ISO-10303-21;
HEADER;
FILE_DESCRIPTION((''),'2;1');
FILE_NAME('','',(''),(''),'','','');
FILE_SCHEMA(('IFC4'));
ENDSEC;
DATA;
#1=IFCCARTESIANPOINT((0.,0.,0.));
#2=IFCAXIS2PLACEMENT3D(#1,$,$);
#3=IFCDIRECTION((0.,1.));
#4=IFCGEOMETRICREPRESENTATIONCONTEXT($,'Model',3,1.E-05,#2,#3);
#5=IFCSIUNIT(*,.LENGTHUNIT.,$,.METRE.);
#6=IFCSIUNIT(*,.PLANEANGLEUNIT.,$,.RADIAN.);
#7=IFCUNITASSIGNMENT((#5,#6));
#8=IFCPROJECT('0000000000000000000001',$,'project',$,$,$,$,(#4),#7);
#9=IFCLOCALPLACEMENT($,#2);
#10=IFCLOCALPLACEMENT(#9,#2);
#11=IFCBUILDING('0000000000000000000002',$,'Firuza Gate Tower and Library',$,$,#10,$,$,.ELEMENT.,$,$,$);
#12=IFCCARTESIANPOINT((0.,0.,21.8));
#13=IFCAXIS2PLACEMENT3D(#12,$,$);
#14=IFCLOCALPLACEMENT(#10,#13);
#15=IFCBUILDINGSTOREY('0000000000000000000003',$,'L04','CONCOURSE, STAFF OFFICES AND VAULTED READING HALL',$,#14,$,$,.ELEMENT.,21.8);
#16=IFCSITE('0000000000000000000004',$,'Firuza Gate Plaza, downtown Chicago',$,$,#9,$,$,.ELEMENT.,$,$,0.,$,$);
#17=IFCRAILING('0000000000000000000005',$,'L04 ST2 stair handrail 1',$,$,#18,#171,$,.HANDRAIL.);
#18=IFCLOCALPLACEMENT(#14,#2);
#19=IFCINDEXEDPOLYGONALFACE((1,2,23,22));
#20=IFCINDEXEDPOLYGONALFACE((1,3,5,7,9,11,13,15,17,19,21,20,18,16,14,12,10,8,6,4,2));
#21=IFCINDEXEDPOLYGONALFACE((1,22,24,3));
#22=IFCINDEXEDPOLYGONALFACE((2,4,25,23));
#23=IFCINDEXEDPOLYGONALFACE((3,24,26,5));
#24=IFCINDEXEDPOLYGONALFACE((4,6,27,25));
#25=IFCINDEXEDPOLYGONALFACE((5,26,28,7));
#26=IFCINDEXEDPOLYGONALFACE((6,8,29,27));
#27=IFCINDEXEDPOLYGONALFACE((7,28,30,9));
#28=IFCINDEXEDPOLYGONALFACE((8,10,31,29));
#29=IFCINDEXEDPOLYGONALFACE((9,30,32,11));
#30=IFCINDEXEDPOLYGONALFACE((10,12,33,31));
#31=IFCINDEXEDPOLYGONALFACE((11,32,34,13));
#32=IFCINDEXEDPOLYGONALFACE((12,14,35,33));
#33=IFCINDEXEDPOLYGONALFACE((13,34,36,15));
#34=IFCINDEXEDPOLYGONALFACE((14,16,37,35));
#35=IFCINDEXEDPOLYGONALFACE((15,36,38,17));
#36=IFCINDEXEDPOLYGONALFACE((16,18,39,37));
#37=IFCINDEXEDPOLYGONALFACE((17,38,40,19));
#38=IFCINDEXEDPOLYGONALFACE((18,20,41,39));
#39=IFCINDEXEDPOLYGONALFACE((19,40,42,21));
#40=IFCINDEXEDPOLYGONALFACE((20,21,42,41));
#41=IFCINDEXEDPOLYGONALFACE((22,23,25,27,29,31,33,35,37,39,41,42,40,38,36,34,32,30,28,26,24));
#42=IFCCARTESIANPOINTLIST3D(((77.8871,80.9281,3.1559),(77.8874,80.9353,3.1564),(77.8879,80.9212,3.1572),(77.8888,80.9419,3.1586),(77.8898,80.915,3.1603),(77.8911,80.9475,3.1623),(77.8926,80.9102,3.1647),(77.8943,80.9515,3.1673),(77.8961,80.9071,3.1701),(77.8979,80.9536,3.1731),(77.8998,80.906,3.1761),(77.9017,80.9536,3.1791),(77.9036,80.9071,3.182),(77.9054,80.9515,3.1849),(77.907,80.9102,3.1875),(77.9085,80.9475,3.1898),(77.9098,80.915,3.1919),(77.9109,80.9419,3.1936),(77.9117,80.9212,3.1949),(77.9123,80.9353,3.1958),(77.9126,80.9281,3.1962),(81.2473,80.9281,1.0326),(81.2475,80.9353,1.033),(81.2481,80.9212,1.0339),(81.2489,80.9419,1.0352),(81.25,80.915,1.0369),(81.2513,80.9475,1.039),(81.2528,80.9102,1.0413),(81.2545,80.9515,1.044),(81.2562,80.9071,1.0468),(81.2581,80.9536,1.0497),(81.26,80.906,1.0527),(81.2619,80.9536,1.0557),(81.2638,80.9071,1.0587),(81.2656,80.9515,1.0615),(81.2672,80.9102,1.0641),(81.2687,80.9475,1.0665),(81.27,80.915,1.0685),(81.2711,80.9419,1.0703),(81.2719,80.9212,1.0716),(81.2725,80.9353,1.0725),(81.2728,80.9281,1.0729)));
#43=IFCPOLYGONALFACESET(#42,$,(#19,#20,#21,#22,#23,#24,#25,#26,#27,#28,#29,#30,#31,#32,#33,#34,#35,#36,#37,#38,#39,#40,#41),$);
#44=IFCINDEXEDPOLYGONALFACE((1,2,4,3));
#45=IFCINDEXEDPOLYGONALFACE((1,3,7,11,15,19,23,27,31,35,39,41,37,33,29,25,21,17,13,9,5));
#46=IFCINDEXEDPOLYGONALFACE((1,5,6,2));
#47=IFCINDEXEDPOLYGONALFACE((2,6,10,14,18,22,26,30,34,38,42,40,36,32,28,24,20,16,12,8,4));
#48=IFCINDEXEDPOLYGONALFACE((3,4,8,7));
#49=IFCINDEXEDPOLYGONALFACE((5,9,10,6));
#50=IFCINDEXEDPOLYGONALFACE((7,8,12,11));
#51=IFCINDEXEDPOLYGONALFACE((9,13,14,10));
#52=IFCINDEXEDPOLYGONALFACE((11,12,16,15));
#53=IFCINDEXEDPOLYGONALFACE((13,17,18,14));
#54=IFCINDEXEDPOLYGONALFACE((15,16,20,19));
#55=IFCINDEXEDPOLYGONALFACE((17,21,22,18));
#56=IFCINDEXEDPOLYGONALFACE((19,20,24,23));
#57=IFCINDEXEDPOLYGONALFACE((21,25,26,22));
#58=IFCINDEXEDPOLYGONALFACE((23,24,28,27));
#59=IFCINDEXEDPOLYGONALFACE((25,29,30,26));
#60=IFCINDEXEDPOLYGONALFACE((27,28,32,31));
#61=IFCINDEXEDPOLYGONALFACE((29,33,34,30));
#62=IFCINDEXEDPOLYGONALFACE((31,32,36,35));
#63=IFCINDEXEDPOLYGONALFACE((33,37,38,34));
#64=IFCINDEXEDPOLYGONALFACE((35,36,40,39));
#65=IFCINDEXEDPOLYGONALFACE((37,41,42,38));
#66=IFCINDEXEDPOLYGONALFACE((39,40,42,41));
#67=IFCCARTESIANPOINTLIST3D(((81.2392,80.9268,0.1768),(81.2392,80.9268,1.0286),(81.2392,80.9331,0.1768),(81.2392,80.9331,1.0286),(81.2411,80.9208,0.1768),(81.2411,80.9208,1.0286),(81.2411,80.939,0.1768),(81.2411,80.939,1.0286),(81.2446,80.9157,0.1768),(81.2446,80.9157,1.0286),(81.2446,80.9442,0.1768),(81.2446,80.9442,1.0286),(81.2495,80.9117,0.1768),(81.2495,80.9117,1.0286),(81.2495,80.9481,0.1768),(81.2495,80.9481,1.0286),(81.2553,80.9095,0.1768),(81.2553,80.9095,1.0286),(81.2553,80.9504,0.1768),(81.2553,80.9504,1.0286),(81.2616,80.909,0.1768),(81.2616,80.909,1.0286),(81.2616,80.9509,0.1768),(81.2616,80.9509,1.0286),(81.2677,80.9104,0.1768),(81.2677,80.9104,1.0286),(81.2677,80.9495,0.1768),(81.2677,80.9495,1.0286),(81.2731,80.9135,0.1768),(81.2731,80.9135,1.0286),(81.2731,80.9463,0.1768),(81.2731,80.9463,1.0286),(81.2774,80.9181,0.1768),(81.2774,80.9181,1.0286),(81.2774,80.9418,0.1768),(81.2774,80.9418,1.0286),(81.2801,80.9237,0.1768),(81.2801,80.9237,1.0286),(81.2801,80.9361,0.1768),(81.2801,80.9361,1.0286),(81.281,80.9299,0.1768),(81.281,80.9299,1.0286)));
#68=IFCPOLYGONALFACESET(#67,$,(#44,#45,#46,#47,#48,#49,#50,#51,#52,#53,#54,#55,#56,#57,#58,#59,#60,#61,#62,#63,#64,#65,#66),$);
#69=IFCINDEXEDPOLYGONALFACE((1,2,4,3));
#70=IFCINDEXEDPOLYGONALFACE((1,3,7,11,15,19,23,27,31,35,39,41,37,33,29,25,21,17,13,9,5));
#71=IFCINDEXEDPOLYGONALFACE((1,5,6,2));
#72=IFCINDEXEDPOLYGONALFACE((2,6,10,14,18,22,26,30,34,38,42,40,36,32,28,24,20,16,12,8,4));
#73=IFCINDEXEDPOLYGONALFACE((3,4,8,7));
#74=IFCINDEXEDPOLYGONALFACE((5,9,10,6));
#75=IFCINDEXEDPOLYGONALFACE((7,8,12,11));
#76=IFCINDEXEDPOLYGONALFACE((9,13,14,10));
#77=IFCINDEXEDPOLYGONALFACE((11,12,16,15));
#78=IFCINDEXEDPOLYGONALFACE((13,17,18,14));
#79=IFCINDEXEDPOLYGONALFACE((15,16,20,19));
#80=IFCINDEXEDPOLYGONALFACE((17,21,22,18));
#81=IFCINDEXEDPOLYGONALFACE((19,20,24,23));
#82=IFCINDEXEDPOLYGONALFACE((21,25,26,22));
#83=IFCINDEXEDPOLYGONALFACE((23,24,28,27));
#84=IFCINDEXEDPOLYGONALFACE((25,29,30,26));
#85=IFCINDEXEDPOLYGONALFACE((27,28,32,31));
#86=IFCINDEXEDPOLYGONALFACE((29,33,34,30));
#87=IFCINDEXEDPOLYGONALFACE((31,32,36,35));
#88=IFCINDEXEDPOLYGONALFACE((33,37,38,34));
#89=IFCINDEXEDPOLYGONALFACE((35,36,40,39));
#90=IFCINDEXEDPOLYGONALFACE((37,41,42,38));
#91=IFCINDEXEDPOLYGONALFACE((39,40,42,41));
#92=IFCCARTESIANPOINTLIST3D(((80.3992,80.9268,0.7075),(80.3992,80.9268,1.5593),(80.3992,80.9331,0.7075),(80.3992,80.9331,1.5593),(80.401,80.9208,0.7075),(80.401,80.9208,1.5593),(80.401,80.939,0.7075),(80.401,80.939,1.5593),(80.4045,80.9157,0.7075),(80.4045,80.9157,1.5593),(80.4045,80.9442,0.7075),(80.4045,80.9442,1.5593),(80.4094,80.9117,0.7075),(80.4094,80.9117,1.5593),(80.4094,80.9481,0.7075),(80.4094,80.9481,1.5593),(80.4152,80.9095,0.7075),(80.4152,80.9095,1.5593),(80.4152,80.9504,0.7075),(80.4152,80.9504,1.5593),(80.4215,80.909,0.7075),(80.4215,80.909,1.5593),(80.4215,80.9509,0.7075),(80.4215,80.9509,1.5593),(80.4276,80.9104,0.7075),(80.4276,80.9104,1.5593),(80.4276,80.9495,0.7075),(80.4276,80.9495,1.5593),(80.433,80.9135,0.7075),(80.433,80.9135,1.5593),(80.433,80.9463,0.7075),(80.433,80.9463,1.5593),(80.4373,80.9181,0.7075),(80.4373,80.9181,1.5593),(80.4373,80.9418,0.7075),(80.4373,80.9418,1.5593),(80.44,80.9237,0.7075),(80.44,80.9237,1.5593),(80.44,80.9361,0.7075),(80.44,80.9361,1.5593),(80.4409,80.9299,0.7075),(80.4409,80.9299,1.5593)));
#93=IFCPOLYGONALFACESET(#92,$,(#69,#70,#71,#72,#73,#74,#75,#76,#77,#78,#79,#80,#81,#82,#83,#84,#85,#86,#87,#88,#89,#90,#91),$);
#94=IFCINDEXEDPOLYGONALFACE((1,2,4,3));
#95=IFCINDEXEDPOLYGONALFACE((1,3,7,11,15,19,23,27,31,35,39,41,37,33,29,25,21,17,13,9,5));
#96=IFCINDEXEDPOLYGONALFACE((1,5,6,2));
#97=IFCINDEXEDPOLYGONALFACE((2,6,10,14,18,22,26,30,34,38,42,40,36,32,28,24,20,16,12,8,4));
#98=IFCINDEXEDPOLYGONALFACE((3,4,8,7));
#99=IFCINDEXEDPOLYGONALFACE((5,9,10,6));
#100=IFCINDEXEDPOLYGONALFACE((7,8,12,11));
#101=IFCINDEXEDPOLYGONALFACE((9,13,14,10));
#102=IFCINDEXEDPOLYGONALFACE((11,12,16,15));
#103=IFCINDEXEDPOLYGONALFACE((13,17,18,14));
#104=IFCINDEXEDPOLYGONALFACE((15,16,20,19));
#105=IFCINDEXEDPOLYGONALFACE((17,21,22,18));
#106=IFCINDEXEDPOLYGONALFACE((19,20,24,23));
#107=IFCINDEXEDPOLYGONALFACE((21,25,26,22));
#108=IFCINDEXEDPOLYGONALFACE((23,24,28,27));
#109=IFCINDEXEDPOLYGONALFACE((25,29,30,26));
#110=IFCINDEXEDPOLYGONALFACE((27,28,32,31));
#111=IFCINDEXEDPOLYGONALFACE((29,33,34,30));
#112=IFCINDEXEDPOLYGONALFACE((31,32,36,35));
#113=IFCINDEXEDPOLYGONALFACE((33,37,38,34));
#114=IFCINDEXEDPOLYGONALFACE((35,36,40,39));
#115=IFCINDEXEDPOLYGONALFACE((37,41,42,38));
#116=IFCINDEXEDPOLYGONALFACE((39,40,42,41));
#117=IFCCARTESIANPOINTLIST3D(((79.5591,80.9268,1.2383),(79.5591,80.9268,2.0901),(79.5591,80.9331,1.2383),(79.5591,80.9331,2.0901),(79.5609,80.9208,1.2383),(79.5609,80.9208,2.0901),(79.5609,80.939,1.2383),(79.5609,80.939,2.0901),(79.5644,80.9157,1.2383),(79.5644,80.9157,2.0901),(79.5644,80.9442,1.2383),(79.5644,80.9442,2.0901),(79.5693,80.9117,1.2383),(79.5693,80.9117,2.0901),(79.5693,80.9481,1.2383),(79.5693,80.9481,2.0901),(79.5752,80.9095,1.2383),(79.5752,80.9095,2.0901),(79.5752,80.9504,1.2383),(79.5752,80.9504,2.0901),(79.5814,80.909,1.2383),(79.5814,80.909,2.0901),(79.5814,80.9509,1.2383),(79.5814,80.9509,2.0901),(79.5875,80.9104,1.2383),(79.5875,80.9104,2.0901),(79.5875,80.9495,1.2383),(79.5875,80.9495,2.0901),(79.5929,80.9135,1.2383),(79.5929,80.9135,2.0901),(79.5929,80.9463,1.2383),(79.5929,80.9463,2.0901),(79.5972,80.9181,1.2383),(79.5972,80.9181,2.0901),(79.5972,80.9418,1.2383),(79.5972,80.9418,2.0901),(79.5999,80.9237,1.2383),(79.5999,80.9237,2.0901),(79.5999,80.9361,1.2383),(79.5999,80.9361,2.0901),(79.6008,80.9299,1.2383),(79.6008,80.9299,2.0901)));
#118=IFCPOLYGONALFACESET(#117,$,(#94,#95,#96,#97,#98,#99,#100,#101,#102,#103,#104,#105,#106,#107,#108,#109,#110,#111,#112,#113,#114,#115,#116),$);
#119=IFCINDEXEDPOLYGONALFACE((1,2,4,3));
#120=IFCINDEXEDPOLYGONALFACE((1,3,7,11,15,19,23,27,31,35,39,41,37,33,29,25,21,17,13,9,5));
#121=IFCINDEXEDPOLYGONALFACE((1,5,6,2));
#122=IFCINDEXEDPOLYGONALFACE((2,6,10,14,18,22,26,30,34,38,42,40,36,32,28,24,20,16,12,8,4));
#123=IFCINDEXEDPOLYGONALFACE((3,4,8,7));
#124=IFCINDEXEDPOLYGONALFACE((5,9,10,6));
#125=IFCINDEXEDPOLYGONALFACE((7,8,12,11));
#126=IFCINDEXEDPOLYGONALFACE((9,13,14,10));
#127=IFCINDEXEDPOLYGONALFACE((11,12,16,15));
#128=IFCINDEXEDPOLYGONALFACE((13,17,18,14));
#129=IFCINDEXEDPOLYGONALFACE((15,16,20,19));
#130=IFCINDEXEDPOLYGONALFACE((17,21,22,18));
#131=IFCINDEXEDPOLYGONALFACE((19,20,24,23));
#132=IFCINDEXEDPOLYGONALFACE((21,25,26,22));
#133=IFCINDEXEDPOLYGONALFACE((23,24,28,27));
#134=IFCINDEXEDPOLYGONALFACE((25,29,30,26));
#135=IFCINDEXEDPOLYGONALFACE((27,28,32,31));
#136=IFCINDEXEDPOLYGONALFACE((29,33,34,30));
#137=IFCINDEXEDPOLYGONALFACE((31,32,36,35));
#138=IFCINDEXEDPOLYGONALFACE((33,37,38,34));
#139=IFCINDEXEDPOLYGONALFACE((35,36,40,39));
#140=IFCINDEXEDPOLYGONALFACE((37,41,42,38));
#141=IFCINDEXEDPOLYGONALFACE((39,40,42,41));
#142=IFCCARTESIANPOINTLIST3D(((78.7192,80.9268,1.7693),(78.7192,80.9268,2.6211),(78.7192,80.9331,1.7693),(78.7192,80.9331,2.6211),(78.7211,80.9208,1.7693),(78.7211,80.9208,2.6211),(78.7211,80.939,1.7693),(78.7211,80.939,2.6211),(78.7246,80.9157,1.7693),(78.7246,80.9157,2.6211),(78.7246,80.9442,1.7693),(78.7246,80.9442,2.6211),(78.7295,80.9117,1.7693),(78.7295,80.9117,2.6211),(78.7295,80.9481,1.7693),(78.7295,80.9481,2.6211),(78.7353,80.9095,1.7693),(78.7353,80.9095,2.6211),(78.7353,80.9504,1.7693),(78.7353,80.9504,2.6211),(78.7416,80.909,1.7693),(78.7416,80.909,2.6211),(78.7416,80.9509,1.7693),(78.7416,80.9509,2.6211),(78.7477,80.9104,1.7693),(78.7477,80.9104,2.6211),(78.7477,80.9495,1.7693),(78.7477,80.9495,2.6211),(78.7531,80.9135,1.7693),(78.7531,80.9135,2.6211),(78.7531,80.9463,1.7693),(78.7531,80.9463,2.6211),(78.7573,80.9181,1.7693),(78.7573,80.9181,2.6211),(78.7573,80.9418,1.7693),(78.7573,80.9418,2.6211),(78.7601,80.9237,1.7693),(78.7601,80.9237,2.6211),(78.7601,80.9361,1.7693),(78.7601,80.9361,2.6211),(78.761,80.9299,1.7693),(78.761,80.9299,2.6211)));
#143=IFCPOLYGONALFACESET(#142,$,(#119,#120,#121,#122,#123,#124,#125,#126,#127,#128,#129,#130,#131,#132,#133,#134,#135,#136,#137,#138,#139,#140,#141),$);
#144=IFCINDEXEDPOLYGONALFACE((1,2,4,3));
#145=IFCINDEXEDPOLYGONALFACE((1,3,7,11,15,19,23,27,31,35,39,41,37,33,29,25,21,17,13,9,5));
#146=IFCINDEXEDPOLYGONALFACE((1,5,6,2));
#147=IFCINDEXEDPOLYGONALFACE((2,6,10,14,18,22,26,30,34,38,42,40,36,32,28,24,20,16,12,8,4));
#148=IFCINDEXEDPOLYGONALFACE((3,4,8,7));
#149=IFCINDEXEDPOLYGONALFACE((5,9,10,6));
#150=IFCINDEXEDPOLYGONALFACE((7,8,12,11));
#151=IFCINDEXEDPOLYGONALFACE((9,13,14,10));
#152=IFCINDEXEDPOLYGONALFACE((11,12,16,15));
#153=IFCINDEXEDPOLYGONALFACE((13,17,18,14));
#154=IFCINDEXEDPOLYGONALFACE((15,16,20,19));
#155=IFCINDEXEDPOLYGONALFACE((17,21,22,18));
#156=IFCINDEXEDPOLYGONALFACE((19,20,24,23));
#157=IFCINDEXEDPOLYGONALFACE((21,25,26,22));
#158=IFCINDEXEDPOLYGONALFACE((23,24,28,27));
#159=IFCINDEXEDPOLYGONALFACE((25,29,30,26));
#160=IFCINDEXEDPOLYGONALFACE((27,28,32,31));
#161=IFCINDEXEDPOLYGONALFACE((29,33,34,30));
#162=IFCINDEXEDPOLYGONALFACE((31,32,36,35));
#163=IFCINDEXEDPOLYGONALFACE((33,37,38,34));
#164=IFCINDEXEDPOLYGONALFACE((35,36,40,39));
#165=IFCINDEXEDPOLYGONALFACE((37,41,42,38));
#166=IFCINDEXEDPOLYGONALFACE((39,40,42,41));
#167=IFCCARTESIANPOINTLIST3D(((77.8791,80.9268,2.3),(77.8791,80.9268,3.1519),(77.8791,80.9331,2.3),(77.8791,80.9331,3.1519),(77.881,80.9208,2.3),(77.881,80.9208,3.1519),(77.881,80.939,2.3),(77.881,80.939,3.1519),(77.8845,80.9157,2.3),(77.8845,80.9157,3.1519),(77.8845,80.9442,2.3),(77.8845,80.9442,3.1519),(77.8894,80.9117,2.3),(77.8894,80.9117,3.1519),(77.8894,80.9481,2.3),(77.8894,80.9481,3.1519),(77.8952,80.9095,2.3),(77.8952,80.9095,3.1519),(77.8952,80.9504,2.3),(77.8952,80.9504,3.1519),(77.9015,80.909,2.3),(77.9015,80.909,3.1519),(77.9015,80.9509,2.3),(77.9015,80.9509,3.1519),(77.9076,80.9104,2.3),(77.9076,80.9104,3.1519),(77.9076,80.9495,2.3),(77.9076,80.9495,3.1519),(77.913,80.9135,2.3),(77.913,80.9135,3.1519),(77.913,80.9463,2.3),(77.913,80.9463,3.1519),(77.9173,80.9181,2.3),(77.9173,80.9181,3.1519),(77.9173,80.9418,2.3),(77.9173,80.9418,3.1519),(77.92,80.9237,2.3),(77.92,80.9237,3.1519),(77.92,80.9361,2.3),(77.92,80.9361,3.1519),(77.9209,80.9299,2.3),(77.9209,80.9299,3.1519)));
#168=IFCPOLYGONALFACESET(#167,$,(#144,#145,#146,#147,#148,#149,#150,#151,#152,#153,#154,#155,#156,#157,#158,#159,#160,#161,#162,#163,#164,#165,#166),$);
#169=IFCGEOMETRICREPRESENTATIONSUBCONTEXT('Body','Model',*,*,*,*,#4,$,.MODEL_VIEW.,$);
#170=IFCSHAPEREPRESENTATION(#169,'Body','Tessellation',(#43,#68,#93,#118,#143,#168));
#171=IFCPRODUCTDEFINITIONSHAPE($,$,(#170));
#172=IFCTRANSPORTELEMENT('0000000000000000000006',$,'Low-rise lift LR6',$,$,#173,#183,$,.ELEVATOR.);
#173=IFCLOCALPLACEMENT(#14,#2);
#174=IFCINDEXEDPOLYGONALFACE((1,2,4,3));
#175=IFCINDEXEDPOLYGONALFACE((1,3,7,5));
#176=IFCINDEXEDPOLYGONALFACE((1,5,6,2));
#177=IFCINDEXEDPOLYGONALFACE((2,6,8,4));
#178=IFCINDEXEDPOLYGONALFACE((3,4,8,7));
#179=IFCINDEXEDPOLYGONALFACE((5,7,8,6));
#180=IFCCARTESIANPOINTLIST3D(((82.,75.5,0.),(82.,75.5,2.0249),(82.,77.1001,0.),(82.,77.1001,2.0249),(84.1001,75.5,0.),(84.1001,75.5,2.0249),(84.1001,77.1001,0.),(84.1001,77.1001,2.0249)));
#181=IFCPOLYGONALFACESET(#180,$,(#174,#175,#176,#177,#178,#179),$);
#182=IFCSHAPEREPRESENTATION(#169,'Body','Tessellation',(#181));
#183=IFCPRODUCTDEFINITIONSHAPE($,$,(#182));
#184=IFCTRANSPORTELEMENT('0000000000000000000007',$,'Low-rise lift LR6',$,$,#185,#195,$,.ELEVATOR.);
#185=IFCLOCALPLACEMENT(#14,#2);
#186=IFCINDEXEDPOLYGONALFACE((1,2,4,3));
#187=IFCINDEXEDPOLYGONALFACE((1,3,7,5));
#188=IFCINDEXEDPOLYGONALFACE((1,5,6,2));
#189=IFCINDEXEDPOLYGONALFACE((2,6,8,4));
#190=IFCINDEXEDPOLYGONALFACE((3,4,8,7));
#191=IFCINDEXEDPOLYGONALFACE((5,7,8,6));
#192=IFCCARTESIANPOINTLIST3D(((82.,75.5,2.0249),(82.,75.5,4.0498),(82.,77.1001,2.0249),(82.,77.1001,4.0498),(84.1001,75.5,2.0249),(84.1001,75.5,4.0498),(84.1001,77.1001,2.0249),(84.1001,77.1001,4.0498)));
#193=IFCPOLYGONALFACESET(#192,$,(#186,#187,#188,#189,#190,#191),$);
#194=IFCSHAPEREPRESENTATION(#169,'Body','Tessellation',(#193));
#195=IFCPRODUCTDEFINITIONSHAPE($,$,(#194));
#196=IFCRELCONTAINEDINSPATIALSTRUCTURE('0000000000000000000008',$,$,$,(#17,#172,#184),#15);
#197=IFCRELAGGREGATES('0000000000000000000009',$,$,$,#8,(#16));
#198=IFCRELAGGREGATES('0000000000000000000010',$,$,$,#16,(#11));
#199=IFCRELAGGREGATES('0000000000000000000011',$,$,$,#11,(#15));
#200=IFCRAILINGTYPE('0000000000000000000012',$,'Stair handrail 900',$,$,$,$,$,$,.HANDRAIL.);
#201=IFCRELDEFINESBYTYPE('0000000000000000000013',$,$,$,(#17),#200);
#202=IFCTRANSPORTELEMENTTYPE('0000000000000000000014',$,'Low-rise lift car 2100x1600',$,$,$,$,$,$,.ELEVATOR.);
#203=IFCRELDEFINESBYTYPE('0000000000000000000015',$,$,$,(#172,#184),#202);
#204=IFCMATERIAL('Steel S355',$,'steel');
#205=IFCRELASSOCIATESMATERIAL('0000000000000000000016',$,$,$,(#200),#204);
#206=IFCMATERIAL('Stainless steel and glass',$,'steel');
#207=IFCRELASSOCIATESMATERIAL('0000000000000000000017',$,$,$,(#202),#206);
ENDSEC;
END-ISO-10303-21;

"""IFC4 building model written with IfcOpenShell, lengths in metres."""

from ifc_helpers import new_model, si_unit, direction, frame, origin, origin_2d, place, context, subcontext, project, spatial, rectangle, circle, extrude, material, type_object, element, save


model = new_model("IFC4")

# Units and contexts
model_context = context("Model", 3, precision=1e-05, world=origin(), true_north=direction((0.0, 1.0)))
body_context = subcontext(model_context, "Body", "Model", "MODEL_VIEW")
ifc_project = project(units=[si_unit("LENGTHUNIT", "METRE"), si_unit("PLANEANGLEUNIT", "RADIAN")], contexts=[model_context])

# Site, building, storey
site_placement = place(None, origin())
site = spatial("IfcSite", under=ifc_project, at=site_placement, Name="Firuza Gate Plaza, downtown Chicago", CompositionType="ELEMENT", RefElevation=0.0)
building_placement = place(site_placement, origin())
building = spatial("IfcBuilding", under=site, at=building_placement, Name="Firuza Gate Tower and Library", CompositionType="ELEMENT")
storey_placement = place(building_placement, frame((0.0, 0.0, 21.8)))
storey = spatial("IfcBuildingStorey", under=building, at=storey_placement, Name="L04", Description="CONCOURSE, STAFF OFFICES AND VAULTED READING HALL", CompositionType="ELEMENT", Elevation=21.8)

# Railing
ifc_material_1 = material(Name="Steel S355", Category="steel")
railing_type_1 = type_object("IfcRailingType", Name="Stair handrail 900", PredefinedType="HANDRAIL", material=ifc_material_1)
railing_1_placement = place(storey_placement, frame((81.26, 80.9299, 0.1768)))
element("IfcRailing", 1, at=railing_1_placement, inside=storey, type_object=railing_type_1, Name="L04 ST2 stair handrail 1", PredefinedType="HANDRAIL", context=body_context, shape_type="SweptSolid", body=[
    extrude(circle(Radius=0.0239, at=origin_2d()), frame((0.0, 0.0, 0.876), z_axis=(-0.845362, 0.0, 0.534194), x_axis=(0.0, -1.0, 0.0)), (0.0, 0.0, 1.0), 3.9749),
    extrude(circle(Radius=0.021, at=origin_2d()), origin(), (0.0, 0.0, 1.0), 0.8518),
    extrude(circle(Radius=0.021, at=origin_2d()), frame((-0.8401, 0.0, 0.5308)), (0.0, 0.0, 1.0), 0.8518),
    extrude(circle(Radius=0.021, at=origin_2d()), frame((-1.6802, 0.0, 1.0615)), (0.0, 0.0, 1.0), 0.8518),
    extrude(circle(Radius=0.021, at=origin_2d()), frame((-2.52, 0.0, 1.5925)), (0.0, 0.0, 1.0), 0.8518),
    extrude(circle(Radius=0.021, at=origin_2d()), frame((-3.3601, 0.0, 2.1233)), (0.0, 0.0, 1.0), 0.8518),
])

# Transport elements
ifc_material_2 = material(Name="Stainless steel and glass", Category="steel")
transport_element_type = type_object("IfcTransportElementType", Name="Low-rise lift car 2100x1600", PredefinedType="ELEVATOR", material=ifc_material_2)
for number, where, z_axis, x_axis, name in (
    (2, (83.05, 76.3, 0.0), (0.0, 0.0, 1.0), (1.0, 0.0, 0.0), "Low-rise lift LR6"),
    (3, (83.05, 76.3, 2.0249), (0.0, 0.0, 1.0), (1.0, 0.0, 0.0), "Low-rise lift LR6"),
):
    element("IfcTransportElement", number, at=place(storey_placement, frame(where, z_axis=z_axis, x_axis=x_axis)), inside=storey, type_object=transport_element_type, Name=name, PredefinedType="ELEVATOR", context=body_context, shape_type="SweptSolid", body=[
        extrude(rectangle(XDim=2.1001, YDim=1.6001, at=origin_2d()), origin(), (0.0, 0.0, 1.0), 2.0249),
    ])

save(model, "model.ifc")
